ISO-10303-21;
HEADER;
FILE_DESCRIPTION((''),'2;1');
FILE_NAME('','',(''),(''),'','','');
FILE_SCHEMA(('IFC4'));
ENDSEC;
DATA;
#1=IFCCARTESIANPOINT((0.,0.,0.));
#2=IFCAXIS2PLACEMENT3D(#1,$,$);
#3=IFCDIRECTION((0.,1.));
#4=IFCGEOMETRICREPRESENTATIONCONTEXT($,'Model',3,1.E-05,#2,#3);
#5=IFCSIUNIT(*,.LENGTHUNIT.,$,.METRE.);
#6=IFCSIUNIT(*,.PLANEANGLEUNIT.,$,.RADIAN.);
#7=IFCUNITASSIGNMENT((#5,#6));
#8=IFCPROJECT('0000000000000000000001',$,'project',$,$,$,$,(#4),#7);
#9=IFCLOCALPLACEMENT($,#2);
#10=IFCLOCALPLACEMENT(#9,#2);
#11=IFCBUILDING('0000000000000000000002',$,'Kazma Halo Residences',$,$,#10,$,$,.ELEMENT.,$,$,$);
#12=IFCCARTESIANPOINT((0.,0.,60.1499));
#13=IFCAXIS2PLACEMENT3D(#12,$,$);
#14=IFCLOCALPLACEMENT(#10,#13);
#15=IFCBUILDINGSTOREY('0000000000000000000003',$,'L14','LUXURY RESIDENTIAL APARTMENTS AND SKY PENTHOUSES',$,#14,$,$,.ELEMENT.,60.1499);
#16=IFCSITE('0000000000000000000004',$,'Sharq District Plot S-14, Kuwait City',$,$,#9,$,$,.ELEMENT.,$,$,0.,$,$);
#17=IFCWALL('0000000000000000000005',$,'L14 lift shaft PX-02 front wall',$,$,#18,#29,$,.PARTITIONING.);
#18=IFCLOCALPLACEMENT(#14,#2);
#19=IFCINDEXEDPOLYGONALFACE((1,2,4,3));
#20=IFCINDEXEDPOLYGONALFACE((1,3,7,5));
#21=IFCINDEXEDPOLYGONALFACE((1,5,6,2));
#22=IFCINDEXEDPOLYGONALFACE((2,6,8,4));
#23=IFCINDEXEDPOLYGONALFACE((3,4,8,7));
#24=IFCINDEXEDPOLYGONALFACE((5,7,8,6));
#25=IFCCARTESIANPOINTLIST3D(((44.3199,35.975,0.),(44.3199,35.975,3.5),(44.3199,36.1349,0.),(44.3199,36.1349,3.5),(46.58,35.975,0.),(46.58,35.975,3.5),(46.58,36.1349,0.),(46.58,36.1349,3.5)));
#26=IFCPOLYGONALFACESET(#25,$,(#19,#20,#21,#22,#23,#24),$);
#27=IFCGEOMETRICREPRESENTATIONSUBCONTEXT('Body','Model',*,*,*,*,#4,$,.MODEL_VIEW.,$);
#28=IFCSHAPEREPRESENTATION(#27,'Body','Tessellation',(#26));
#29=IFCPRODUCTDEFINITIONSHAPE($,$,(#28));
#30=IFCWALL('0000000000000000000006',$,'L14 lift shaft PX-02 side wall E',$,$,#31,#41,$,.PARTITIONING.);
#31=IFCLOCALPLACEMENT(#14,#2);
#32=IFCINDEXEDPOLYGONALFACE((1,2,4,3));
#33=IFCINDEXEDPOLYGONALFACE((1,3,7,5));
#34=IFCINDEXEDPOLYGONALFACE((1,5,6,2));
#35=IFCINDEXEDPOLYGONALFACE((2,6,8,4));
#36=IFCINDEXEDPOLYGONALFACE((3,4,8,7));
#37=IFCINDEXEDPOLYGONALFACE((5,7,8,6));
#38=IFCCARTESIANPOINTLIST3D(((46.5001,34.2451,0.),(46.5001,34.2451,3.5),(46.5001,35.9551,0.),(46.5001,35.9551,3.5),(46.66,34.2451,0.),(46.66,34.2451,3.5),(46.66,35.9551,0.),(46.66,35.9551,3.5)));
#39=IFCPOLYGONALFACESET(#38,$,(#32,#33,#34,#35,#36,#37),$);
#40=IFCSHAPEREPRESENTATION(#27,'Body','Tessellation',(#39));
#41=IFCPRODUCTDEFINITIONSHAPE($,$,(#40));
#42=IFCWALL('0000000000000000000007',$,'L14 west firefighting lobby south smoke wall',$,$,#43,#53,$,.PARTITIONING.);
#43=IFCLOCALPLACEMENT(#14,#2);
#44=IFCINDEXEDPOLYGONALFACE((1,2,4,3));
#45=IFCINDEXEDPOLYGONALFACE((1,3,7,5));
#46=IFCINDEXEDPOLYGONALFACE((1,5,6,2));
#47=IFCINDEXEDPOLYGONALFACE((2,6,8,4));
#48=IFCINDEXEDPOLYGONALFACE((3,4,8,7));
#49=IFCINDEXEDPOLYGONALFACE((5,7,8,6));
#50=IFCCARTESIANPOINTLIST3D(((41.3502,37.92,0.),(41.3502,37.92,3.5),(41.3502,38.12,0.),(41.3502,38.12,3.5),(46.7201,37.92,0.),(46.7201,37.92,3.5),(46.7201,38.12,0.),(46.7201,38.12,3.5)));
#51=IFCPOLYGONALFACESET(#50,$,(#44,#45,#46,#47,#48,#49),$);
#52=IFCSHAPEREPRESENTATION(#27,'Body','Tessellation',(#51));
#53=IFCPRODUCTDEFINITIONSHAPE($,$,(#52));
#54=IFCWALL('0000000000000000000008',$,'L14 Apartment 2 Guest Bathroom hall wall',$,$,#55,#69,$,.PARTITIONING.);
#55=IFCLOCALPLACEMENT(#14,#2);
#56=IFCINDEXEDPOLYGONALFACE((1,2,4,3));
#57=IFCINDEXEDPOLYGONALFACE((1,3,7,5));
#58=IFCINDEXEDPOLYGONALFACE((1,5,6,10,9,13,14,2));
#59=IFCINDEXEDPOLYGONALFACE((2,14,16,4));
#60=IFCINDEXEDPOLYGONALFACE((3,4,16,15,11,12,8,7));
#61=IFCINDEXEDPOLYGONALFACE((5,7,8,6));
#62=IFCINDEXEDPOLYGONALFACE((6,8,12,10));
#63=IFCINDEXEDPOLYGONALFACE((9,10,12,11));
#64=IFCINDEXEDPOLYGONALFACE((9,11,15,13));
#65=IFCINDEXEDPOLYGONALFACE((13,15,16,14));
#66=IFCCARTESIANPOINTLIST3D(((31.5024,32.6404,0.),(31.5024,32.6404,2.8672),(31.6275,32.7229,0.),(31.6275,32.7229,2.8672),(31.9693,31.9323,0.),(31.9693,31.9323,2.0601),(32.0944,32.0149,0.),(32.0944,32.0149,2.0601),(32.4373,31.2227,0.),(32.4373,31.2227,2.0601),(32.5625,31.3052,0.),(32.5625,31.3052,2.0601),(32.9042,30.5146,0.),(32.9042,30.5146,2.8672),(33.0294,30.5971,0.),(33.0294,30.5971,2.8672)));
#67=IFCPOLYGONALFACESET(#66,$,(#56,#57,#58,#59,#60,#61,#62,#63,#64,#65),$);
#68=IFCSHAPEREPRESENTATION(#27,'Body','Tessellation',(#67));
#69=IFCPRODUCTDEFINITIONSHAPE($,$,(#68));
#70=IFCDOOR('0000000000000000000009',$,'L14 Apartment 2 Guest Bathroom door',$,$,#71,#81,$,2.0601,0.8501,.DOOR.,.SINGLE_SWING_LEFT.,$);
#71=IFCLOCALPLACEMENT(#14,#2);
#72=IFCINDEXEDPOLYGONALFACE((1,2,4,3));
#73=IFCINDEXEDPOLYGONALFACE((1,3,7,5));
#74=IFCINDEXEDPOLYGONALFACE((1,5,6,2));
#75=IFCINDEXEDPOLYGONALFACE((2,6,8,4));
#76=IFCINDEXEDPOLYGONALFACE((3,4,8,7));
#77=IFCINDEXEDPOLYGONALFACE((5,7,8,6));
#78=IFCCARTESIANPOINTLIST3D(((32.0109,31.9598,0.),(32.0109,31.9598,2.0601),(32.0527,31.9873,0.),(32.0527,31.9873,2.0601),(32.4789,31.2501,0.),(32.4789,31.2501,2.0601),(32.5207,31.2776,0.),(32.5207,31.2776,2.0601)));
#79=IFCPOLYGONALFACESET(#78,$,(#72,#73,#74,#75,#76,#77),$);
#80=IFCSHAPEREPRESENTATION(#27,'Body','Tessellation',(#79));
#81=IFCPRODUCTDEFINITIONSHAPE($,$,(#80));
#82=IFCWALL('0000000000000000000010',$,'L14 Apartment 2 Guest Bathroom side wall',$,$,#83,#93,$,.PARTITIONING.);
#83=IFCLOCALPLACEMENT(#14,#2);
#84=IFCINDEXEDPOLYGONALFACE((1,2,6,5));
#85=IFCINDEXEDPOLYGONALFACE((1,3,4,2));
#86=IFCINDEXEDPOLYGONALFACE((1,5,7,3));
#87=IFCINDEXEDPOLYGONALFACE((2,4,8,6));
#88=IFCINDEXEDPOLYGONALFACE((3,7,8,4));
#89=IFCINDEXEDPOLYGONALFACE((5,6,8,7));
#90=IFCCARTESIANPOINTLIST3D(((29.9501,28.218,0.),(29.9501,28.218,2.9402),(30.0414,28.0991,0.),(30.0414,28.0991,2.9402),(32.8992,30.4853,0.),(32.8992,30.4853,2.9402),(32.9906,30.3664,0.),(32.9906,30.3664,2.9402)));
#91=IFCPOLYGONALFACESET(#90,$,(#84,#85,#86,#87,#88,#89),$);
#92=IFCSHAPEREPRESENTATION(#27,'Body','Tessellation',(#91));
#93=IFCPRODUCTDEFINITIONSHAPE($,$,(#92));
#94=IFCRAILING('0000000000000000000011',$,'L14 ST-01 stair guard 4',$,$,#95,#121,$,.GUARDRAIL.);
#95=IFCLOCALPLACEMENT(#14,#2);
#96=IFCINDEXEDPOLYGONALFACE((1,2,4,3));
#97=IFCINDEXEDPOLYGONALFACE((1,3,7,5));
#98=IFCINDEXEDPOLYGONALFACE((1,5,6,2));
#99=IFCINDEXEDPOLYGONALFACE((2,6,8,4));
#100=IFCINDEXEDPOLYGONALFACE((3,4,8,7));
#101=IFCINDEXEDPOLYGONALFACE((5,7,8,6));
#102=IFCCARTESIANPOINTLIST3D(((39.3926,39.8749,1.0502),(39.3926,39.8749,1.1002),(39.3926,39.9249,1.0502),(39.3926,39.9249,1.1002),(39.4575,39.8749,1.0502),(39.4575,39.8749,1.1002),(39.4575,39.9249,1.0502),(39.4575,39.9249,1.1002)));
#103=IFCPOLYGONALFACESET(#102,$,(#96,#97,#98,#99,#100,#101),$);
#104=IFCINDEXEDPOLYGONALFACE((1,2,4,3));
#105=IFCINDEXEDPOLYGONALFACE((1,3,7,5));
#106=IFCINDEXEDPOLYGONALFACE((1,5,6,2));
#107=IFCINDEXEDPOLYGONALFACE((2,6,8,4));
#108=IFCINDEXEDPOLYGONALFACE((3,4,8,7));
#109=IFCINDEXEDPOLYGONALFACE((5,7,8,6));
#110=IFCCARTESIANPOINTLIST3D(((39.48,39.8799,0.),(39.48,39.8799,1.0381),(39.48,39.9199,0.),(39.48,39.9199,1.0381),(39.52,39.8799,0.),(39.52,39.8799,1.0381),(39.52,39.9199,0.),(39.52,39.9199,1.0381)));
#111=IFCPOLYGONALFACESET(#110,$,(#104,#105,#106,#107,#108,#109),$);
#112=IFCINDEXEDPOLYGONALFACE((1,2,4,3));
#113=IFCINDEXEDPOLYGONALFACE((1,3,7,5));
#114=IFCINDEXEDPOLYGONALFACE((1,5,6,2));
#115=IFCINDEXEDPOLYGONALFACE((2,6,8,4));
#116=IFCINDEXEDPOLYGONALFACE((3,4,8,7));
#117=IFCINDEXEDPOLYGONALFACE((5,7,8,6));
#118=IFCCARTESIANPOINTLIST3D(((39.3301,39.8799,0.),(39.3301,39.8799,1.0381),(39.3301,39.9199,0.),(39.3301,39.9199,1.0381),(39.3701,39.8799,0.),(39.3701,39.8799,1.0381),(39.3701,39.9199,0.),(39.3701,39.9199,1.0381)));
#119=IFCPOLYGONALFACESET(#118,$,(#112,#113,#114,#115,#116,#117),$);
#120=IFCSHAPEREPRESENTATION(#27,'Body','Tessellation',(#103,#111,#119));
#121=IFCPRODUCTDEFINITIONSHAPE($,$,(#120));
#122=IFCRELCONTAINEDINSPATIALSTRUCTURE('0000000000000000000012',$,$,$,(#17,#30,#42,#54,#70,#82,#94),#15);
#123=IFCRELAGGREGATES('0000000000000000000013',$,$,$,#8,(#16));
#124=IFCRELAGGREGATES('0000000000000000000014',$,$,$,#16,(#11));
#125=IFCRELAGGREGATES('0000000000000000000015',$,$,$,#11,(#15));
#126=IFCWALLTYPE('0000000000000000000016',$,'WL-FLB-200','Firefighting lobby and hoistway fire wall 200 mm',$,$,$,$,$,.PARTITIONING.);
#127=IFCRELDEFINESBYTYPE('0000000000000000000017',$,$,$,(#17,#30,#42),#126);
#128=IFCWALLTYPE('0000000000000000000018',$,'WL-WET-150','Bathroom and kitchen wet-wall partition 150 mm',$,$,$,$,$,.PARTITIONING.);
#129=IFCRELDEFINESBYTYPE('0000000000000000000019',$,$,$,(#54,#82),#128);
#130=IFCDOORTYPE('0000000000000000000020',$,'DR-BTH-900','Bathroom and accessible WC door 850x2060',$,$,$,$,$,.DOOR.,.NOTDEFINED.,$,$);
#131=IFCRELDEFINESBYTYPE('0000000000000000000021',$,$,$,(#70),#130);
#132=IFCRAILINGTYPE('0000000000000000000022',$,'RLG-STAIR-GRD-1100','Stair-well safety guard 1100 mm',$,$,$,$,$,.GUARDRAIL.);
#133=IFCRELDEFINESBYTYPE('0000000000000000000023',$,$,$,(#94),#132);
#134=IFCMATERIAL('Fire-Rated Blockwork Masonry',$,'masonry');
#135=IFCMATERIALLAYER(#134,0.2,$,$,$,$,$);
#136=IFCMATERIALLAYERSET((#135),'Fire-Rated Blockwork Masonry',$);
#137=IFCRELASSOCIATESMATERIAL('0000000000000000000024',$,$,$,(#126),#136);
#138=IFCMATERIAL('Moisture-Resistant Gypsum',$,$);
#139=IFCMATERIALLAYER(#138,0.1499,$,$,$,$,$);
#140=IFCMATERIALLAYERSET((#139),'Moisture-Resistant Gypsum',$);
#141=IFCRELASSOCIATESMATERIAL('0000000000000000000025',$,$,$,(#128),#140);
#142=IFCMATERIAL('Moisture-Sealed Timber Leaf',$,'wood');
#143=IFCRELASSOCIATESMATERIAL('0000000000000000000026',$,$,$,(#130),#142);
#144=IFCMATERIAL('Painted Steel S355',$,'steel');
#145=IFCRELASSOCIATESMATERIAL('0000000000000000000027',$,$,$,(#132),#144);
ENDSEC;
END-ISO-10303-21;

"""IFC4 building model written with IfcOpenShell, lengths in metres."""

from ifc_helpers import new_model, si_unit, direction, frame, frame_2d, origin, origin_2d, place, context, subcontext, project, spatial, rectangle, extrude, material, layer, layer_set, type_object, element, fill, save


model = new_model("IFC4")

# Units and contexts
model_context = context("Model", 3, precision=1e-05, world=origin(), true_north=direction((0.0, 1.0)))
body_context = subcontext(model_context, "Body", "Model", "MODEL_VIEW")
ifc_project = project(units=[si_unit("LENGTHUNIT", "METRE"), si_unit("PLANEANGLEUNIT", "RADIAN")], contexts=[model_context])

# Site, building, storey
site_placement = place(None, origin())
site = spatial("IfcSite", under=ifc_project, at=site_placement, Name="Sharq District Plot S-14, Kuwait City", CompositionType="ELEMENT", RefElevation=0.0)
building_placement = place(site_placement, origin())
building = spatial("IfcBuilding", under=site, at=building_placement, Name="Kazma Halo Residences", CompositionType="ELEMENT")
storey_placement = place(building_placement, frame((0.0, 0.0, 60.1499)))
storey = spatial("IfcBuildingStorey", under=building, at=storey_placement, Name="L14", Description="LUXURY RESIDENTIAL APARTMENTS AND SKY PENTHOUSES", CompositionType="ELEMENT", Elevation=60.1499)

# Shared definitions
ifc_material_1 = material(Name="Fire-Rated Blockwork Masonry", Category="masonry")
ifc_layer_1 = layer(ifc_material_1, 0.2)
ifc_layer_set_1 = layer_set([ifc_layer_1], Name="Fire-Rated Blockwork Masonry")
wall_type_1 = type_object("IfcWallType", Name="WL-FLB-200", Description="Firefighting lobby and hoistway fire wall 200 mm", PredefinedType="PARTITIONING", material=ifc_layer_set_1)

# Walls
wall_1_placement = place(storey_placement, frame((44.3201, 36.0549, 0.0), z_axis=(0.0, 0.0, 1.0), x_axis=(1.0, 0.0, 0.0)))
element("IfcWall", 1, at=wall_1_placement, inside=storey, type_object=wall_type_1, Name="L14 lift shaft PX-02 front wall", PredefinedType="PARTITIONING", context=body_context, shape_type="SweptSolid", body=[
    extrude(rectangle(XDim=2.26, YDim=0.1599, at=frame_2d((1.1299, 0.0))), origin(), (0.0, 0.0, 1.0), 3.5),
])
wall_2_placement = place(storey_placement, frame((46.5801, 34.2451, 0.0), z_axis=(0.0, 0.0, 1.0), x_axis=(0.0, 1.0, 0.0)))
element("IfcWall", 2, at=wall_2_placement, inside=storey, type_object=wall_type_1, Name="L14 lift shaft PX-02 side wall E", PredefinedType="PARTITIONING", context=body_context, shape_type="SweptSolid", body=[
    extrude(rectangle(XDim=1.71, YDim=0.1599, at=frame_2d((0.855, 0.0))), origin(), (0.0, 0.0, 1.0), 3.5),
])
wall_3_placement = place(storey_placement, frame((41.3501, 38.02, 0.0), z_axis=(0.0, 0.0, 1.0), x_axis=(1.0, 0.0, 0.0)))
element("IfcWall", 3, at=wall_3_placement, inside=storey, type_object=wall_type_1, Name="L14 west firefighting lobby south smoke wall", PredefinedType="PARTITIONING", context=body_context, shape_type="SweptSolid", body=[
    extrude(rectangle(XDim=5.3699, YDim=0.2, at=frame_2d((2.6851, 0.0))), origin(), (0.0, 0.0, 1.0), 3.5),
])

# Wall, opening, door
ifc_material_2 = material(Name="Moisture-Resistant Gypsum")
ifc_layer_2 = layer(ifc_material_2, 0.1499)
ifc_layer_set_2 = layer_set([ifc_layer_2], Name="Moisture-Resistant Gypsum")
wall_type_2 = type_object("IfcWallType", Name="WL-WET-150", Description="Bathroom and kitchen wet-wall partition 150 mm", PredefinedType="PARTITIONING", material=ifc_layer_set_2)
wall_4_placement = place(storey_placement, frame((31.5649, 32.6816, 0.0), z_axis=(0.0, 0.0, 1.0), x_axis=(0.550534, -0.834813, 0.0)))
wall_4 = element("IfcWall", 4, at=wall_4_placement, inside=storey, type_object=wall_type_2, Name="L14 Apartment 2 Guest Bathroom hall wall", PredefinedType="PARTITIONING", context=body_context, shape_type="SweptSolid", body=[
    extrude(rectangle(XDim=2.5464, YDim=0.1499, at=frame_2d((1.2732, 0.0))), origin(), (0.0, 0.0, 1.0), 2.8672),
])
opening_1_placement = place(wall_4_placement, frame((0.8481, 0.0, 0.0)))
opening_1 = element("IfcOpeningElement", 5, at=opening_1_placement, cuts=wall_4, PredefinedType="OPENING", context=body_context, shape_type="SweptSolid", body=[
    extrude(rectangle(XDim=0.8501, YDim=2.0601, at=frame_2d((0.425, 1.03))), frame((0.0, 0.085, 0.0), z_axis=(0.0, -1.0, 0.0), x_axis=(1.0, 0.0, 0.0)), (0.0, 0.0, 1.0), 0.1699),
])
ifc_material_3 = material(Name="Moisture-Sealed Timber Leaf", Category="wood")
door_type_1 = type_object("IfcDoorType", Name="DR-BTH-900", Description="Bathroom and accessible WC door 850x2060", OperationType="NOTDEFINED", PredefinedType="DOOR", material=ifc_material_3)
door_1_placement = place(opening_1_placement, origin())
door_1 = element("IfcDoor", 6, at=door_1_placement, inside=storey, type_object=door_type_1, Name="L14 Apartment 2 Guest Bathroom door", OperationType="SINGLE_SWING_LEFT", OverallHeight=2.0601, OverallWidth=0.8501, PredefinedType="DOOR", context=body_context, shape_type="SweptSolid", body=[
    extrude(rectangle(XDim=0.8501, YDim=2.0601, at=frame_2d((0.425, 1.03))), frame((0.0, 0.0249, 0.0), z_axis=(0.0, -1.0, 0.0), x_axis=(1.0, 0.0, 0.0)), (0.0, 0.0, 1.0), 0.05),
])
fill(opening_1, door_1)

# Wall
wall_5_placement = place(storey_placement, frame((32.9448, 30.4258, 0.0), z_axis=(0.0, 0.0, 1.0), x_axis=(-0.792792, -0.609492, 0.0)))
element("IfcWall", 7, at=wall_5_placement, inside=storey, type_object=wall_type_2, Name="L14 Apartment 2 Guest Bathroom side wall", PredefinedType="PARTITIONING", context=body_context, shape_type="SweptSolid", body=[
    extrude(rectangle(XDim=3.72, YDim=0.1499, at=frame_2d((1.8599, 0.0))), origin(), (0.0, 0.0, 1.0), 2.9402),
])

# Railing
ifc_material_4 = material(Name="Painted Steel S355", Category="steel")
railing_type = type_object("IfcRailingType", Name="RLG-STAIR-GRD-1100", Description="Stair-well safety guard 1100 mm", PredefinedType="GUARDRAIL", material=ifc_material_4)
railing_placement = place(storey_placement, frame((39.5, 39.8999, 0.0)))
element("IfcRailing", 8, at=railing_placement, inside=storey, type_object=railing_type, Name="L14 ST-01 stair guard 4", PredefinedType="GUARDRAIL", context=body_context, shape_type="SweptSolid", body=[
    extrude(rectangle(XDim=0.05, YDim=0.05, at=origin_2d()), frame((-0.0425, 0.0, 1.0752), z_axis=(-1.0, 0.0, 0.0), x_axis=(0.0, -1.0, 0.0)), (0.0, 0.0, 1.0), 0.0649),
    extrude(rectangle(XDim=0.04, YDim=0.04, at=origin_2d()), origin(), (0.0, 0.0, 1.0), 1.0381),
    extrude(rectangle(XDim=0.04, YDim=0.04, at=origin_2d()), frame((-0.1499, 0.0, 0.0)), (0.0, 0.0, 1.0), 1.0381),
])

save(model, "model.ifc")
